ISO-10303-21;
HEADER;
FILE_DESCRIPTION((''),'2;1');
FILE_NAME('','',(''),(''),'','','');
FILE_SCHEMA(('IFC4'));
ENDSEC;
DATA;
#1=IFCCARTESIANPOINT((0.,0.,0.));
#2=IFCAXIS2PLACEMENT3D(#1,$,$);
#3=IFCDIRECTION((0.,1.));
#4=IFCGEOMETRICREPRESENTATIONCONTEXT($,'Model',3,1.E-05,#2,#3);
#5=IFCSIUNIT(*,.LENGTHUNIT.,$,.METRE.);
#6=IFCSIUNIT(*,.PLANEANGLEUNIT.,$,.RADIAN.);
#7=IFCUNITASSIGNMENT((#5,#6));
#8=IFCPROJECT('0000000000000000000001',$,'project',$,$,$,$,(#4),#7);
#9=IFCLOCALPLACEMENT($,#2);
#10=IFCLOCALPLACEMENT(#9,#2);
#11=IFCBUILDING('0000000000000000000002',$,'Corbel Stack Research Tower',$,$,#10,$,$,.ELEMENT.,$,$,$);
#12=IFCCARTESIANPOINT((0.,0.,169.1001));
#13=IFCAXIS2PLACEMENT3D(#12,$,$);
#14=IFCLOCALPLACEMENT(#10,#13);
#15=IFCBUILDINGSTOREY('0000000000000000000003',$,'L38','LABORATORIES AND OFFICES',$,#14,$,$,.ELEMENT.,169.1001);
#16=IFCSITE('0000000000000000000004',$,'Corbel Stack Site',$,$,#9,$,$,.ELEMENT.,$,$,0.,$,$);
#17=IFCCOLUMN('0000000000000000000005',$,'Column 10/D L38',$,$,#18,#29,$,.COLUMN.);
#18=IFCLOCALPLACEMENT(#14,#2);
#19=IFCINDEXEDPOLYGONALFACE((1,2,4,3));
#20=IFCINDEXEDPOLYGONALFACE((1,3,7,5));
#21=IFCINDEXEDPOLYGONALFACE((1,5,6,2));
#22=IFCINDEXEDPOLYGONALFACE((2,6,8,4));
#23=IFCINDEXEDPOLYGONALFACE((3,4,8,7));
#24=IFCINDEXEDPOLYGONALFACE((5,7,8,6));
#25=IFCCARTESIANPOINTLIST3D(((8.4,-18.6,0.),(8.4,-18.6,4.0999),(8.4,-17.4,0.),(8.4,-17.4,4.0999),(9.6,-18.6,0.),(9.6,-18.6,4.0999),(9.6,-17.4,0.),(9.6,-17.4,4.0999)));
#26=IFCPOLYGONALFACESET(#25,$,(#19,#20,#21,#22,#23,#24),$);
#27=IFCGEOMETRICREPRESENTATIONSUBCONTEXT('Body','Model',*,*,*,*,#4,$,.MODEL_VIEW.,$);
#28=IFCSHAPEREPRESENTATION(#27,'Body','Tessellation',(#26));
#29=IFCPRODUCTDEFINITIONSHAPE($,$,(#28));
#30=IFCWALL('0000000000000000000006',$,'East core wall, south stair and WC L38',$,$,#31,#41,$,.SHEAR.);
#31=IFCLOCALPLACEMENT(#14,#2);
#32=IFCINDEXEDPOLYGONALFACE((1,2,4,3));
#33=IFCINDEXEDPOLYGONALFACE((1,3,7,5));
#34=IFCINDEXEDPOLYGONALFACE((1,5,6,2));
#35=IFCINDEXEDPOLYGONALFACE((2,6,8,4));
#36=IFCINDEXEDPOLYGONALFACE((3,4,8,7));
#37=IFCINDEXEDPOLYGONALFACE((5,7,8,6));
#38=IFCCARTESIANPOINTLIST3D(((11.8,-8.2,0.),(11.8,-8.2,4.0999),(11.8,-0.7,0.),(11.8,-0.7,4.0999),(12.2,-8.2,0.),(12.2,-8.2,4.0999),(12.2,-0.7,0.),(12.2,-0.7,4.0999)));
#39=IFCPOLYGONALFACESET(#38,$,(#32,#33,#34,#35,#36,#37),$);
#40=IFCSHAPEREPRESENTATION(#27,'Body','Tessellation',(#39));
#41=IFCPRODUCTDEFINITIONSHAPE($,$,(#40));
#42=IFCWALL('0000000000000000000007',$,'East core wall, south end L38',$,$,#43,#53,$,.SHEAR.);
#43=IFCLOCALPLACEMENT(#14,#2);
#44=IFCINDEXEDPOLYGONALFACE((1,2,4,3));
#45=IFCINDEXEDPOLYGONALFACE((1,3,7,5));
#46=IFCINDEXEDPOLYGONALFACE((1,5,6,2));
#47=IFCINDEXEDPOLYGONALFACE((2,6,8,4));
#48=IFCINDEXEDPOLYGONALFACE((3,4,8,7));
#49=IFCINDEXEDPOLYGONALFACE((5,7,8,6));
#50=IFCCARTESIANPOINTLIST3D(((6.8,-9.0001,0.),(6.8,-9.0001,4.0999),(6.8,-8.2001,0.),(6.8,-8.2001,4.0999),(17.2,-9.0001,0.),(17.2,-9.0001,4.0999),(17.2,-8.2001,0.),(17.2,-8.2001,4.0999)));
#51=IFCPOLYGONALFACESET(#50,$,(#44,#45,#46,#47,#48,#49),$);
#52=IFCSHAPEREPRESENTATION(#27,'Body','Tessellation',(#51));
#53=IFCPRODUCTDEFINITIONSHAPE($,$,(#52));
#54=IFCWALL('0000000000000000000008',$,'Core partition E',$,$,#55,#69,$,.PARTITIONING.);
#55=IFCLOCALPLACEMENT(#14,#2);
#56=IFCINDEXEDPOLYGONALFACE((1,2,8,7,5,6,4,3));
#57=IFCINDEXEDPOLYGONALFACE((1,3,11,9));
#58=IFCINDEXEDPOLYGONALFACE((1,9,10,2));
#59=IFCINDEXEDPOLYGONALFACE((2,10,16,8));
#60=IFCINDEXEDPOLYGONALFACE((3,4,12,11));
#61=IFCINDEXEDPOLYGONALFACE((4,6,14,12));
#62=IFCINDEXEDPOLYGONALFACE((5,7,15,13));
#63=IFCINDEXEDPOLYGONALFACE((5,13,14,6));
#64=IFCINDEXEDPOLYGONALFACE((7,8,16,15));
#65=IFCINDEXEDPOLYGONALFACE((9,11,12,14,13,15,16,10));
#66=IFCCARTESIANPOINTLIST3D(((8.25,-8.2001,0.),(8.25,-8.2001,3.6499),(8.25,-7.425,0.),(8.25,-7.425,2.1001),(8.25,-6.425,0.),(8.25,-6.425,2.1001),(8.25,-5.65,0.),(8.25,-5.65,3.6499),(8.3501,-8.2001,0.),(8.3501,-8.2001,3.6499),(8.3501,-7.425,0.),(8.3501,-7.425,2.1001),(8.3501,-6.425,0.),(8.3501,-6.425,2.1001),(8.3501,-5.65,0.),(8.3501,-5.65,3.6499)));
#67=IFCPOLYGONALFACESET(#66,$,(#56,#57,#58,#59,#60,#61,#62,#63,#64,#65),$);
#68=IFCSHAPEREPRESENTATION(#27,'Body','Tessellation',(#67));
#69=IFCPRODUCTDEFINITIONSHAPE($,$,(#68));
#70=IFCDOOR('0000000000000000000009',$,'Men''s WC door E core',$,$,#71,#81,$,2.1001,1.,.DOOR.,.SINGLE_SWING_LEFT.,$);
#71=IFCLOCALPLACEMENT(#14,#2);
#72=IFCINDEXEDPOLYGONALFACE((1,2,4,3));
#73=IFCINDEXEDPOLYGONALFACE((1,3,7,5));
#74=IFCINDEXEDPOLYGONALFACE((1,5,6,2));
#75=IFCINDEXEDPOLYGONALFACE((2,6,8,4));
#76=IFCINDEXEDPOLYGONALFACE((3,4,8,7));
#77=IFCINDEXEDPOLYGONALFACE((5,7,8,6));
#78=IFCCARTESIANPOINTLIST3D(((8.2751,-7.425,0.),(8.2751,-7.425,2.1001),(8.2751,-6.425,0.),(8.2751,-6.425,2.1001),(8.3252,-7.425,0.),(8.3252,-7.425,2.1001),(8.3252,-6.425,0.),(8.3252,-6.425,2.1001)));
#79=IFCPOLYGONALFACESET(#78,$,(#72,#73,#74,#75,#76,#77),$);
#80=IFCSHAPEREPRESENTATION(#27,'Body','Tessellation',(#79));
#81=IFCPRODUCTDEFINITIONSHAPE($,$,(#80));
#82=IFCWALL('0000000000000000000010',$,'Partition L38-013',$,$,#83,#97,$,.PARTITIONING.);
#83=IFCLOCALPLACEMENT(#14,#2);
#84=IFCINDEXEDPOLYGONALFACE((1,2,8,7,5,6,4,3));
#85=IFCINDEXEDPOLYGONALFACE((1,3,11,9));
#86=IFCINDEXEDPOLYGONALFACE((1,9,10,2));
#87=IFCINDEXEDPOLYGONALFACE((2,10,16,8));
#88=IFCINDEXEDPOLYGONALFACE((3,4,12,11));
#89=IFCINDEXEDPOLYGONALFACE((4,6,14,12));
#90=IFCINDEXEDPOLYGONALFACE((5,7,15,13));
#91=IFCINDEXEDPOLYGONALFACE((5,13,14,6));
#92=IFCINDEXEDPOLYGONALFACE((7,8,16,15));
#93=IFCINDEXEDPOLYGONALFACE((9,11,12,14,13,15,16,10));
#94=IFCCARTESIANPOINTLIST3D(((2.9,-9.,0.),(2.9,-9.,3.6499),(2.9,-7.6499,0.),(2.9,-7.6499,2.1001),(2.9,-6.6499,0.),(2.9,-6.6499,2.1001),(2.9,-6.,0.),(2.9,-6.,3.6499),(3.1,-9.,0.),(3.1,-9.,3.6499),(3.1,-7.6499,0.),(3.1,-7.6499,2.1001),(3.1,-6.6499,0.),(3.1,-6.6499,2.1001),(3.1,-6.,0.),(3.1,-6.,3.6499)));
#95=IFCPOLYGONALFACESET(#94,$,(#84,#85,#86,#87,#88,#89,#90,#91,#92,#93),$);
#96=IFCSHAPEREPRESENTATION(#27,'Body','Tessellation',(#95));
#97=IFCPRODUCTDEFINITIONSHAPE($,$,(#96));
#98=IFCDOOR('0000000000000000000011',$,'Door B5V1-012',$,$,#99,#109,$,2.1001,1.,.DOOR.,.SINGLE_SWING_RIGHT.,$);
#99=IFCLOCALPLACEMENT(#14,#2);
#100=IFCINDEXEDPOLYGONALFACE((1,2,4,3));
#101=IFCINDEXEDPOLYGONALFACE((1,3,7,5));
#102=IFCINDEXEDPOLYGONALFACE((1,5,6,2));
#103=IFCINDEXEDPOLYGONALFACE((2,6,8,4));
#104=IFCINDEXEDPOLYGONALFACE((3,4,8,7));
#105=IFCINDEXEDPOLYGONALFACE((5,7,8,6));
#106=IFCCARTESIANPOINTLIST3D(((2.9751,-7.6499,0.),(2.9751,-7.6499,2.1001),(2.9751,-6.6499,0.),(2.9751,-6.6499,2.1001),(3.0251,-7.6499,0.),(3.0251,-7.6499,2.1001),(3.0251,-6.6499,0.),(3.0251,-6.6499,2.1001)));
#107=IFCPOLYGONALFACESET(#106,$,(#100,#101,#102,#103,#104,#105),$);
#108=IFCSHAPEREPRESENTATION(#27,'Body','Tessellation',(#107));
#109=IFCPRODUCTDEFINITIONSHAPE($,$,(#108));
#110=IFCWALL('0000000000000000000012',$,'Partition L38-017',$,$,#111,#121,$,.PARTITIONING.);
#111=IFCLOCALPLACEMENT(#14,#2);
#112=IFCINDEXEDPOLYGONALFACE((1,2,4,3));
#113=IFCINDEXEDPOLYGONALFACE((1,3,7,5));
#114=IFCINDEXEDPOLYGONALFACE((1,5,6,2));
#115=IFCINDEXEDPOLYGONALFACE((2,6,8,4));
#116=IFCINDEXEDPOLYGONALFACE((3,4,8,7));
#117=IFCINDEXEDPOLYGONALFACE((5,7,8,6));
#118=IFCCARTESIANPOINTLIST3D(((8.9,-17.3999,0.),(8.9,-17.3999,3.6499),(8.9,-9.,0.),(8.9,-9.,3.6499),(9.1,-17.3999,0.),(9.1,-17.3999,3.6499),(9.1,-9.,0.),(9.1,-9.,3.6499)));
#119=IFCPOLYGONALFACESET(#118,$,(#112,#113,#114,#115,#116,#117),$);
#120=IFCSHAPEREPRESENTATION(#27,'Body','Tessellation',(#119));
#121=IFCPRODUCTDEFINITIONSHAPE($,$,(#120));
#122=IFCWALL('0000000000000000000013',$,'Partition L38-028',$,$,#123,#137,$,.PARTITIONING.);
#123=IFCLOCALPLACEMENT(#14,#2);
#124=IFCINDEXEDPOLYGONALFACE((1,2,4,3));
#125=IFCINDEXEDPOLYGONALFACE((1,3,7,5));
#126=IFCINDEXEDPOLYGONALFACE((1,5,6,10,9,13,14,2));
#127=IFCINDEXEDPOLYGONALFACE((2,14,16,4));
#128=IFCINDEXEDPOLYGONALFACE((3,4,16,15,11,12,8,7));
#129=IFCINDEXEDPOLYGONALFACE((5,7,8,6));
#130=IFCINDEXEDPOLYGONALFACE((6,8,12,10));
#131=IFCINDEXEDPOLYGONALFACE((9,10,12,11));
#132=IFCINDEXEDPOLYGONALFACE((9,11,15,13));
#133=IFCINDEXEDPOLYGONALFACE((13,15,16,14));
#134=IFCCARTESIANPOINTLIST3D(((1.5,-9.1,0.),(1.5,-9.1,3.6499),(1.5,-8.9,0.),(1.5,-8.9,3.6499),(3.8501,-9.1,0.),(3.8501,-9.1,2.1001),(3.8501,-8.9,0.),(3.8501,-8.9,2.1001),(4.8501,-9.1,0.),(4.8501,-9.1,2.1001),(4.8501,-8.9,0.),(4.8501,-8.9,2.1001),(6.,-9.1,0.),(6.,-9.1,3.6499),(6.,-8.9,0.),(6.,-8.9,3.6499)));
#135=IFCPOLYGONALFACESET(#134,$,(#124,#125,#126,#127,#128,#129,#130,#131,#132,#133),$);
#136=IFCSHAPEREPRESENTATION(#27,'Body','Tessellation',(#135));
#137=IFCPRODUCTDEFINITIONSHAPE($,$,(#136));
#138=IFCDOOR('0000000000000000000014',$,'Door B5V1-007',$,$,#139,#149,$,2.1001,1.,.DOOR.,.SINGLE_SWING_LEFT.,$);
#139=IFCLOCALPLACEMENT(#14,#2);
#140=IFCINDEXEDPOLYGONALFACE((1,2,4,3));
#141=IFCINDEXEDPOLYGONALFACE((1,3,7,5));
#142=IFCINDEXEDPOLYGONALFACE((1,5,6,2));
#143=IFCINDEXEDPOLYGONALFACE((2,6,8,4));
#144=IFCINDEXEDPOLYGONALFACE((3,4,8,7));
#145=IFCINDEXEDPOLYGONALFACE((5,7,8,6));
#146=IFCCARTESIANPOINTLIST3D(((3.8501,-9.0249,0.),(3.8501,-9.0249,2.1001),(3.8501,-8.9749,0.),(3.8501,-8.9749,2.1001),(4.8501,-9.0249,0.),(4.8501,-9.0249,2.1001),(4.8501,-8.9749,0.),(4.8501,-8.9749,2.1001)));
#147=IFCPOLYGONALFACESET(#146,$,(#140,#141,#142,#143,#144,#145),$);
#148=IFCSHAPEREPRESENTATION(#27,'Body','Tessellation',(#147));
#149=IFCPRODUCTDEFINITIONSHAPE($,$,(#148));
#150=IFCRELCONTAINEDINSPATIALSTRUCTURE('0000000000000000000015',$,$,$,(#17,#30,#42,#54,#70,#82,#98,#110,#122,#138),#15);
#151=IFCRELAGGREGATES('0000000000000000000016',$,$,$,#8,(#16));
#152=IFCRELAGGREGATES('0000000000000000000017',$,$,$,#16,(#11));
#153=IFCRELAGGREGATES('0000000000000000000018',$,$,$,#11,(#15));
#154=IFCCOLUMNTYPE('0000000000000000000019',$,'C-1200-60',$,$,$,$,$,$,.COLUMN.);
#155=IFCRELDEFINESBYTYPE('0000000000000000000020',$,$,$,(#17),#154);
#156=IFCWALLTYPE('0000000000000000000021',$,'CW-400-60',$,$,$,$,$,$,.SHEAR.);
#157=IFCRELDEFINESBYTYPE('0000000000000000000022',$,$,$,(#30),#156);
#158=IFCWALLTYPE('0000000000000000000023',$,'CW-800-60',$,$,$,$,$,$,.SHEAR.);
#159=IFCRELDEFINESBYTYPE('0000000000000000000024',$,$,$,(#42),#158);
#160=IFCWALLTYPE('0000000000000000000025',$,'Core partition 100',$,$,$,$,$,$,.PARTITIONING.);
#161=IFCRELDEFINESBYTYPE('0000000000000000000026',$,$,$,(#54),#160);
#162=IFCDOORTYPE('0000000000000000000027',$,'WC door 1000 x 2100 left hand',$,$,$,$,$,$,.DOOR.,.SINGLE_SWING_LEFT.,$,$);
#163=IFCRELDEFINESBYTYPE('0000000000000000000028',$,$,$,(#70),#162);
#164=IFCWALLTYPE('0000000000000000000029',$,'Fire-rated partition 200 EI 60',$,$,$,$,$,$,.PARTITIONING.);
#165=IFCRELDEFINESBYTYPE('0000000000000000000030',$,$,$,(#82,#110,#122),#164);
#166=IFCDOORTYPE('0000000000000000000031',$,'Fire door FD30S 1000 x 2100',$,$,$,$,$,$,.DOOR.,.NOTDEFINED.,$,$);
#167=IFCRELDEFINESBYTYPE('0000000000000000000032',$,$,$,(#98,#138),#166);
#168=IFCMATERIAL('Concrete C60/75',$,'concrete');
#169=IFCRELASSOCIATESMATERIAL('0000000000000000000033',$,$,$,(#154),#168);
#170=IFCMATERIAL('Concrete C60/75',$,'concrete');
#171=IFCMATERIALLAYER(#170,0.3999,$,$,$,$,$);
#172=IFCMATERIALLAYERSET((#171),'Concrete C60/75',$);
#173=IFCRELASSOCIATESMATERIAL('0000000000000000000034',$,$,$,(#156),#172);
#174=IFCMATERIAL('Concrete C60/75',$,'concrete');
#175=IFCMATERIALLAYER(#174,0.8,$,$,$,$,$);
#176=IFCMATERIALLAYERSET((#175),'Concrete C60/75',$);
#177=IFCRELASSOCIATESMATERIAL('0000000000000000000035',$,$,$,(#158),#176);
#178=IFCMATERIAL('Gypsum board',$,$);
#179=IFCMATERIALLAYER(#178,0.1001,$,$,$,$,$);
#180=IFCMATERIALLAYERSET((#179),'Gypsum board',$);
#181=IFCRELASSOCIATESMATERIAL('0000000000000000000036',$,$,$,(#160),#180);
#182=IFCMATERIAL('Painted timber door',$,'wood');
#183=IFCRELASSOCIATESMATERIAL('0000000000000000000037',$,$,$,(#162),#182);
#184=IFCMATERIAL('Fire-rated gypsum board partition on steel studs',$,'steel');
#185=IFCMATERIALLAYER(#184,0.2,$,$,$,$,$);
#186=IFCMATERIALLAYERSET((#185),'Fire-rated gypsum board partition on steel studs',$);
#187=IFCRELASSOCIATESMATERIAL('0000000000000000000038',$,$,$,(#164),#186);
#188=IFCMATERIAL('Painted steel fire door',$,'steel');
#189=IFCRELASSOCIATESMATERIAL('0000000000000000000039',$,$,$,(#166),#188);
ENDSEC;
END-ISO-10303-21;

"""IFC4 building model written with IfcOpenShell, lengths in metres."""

from ifc_helpers import new_model, si_unit, direction, frame, frame_2d, origin, origin_2d, place, context, subcontext, project, spatial, rectangle, extrude, material, layer, layer_set, material_profile, profile_set, type_object, element, fill, save


model = new_model("IFC4")

# Units and contexts
model_context = context("Model", 3, precision=1e-05, world=origin(), true_north=direction((0.0, 1.0)))
body_context = subcontext(model_context, "Body", "Model", "MODEL_VIEW")
ifc_project = project(units=[si_unit("LENGTHUNIT", "METRE"), si_unit("PLANEANGLEUNIT", "RADIAN")], contexts=[model_context])

# Site, building, storey
site_placement = place(None, origin())
site = spatial("IfcSite", under=ifc_project, at=site_placement, Name="Corbel Stack Site", CompositionType="ELEMENT", RefElevation=0.0)
building_placement = place(site_placement, origin())
building = spatial("IfcBuilding", under=site, at=building_placement, Name="Corbel Stack Research Tower", CompositionType="ELEMENT")
storey_placement = place(building_placement, frame((0.0, 0.0, 169.1001)))
storey = spatial("IfcBuildingStorey", under=building, at=storey_placement, Name="L38", Description="LABORATORIES AND OFFICES", CompositionType="ELEMENT", Elevation=169.1001)

# Column
ifc_material_1 = material(Name="Concrete C60/75", Category="concrete")
ifc_material_profile = material_profile(ifc_material_1, rectangle(XDim=1.2, YDim=1.2, at=origin_2d()), Name="RC 1200 x 1200")
ifc_profile_set = profile_set([ifc_material_profile], Name="Concrete C60/75")
column_type = type_object("IfcColumnType", Name="C-1200-60", PredefinedType="COLUMN", material=ifc_profile_set)
column_placement = place(storey_placement, frame((9.0, -18.0, 0.0), z_axis=(0.0, 0.0, 1.0), x_axis=(1.0, 0.0, 0.0)))
element("IfcColumn", 1, at=column_placement, inside=storey, type_object=column_type, Name="Column 10/D L38", PredefinedType="COLUMN", context=body_context, shape_type="SweptSolid", body=[
    extrude(rectangle(XDim=1.2, YDim=1.2, at=origin_2d()), origin(), (0.0, 0.0, 1.0), 4.0999),
])

# Wall
ifc_material_2 = material(Name="Concrete C60/75", Category="concrete")
ifc_layer_1 = layer(ifc_material_2, 0.3999)
ifc_layer_set_1 = layer_set([ifc_layer_1], Name="Concrete C60/75")
wall_type_1 = type_object("IfcWallType", Name="CW-400-60", PredefinedType="SHEAR", material=ifc_layer_set_1)
wall_1_placement = place(storey_placement, frame((12.0, -8.2, 0.0), z_axis=(0.0, 0.0, 1.0), x_axis=(0.0, 1.0, 0.0)))
element("IfcWall", 2, at=wall_1_placement, inside=storey, type_object=wall_type_1, Name="East core wall, south stair and WC L38", PredefinedType="SHEAR", context=body_context, shape_type="SweptSolid", body=[
    extrude(rectangle(XDim=7.5, YDim=0.3999, at=frame_2d((3.75, 0.0))), origin(), (0.0, 0.0, 1.0), 4.0999),
])

# Shared definitions
ifc_material_3 = material(Name="Concrete C60/75", Category="concrete")
ifc_layer_2 = layer(ifc_material_3, 0.8)
ifc_layer_set_2 = layer_set([ifc_layer_2], Name="Concrete C60/75")
wall_type_2 = type_object("IfcWallType", Name="CW-800-60", PredefinedType="SHEAR", material=ifc_layer_set_2)

# Wall
wall_2_placement = place(storey_placement, frame((6.8, -8.6001, 0.0), z_axis=(0.0, 0.0, 1.0), x_axis=(1.0, 0.0, 0.0)))
element("IfcWall", 3, at=wall_2_placement, inside=storey, type_object=wall_type_2, Name="East core wall, south end L38", PredefinedType="SHEAR", context=body_context, shape_type="SweptSolid", body=[
    extrude(rectangle(XDim=10.3999, YDim=0.8, at=frame_2d((5.2, 0.0))), origin(), (0.0, 0.0, 1.0), 4.0999),
])

# Walls, openings, doors
ifc_material_4 = material(Name="Gypsum board")
ifc_layer_3 = layer(ifc_material_4, 0.1001)
ifc_layer_set_3 = layer_set([ifc_layer_3], Name="Gypsum board")
wall_type_3 = type_object("IfcWallType", Name="Core partition 100", PredefinedType="PARTITIONING", material=ifc_layer_set_3)
wall_3_placement = place(storey_placement, frame((8.3, -8.2, 0.0), z_axis=(0.0, 0.0, 1.0), x_axis=(0.0, 1.0, 0.0)))
wall_3 = element("IfcWall", 4, at=wall_3_placement, inside=storey, type_object=wall_type_3, Name="Core partition E", PredefinedType="PARTITIONING", context=body_context, shape_type="SweptSolid", body=[
    extrude(rectangle(XDim=2.55, YDim=0.1001, at=frame_2d((1.2749, 0.0))), origin(), (0.0, 0.0, 1.0), 3.6499),
])
opening_1_placement = place(wall_3_placement, frame((0.7749, 0.0, 0.0)))
opening_1 = element("IfcOpeningElement", 5, at=opening_1_placement, cuts=wall_3, PredefinedType="OPENING", context=body_context, shape_type="SweptSolid", body=[
    extrude(rectangle(XDim=1.0, YDim=2.1001, at=frame_2d((0.5, 1.05))), frame((0.0, 0.0601, 0.0), z_axis=(0.0, -1.0, 0.0), x_axis=(1.0, 0.0, 0.0)), (0.0, 0.0, 1.0), 0.1201),
])
ifc_material_5 = material(Name="Painted timber door", Category="wood")
door_type_1 = type_object("IfcDoorType", Name="WC door 1000 x 2100 left hand", OperationType="SINGLE_SWING_LEFT", PredefinedType="DOOR", material=ifc_material_5)
door_1_placement = place(opening_1_placement, origin())
door_1 = element("IfcDoor", 6, at=door_1_placement, inside=storey, type_object=door_type_1, Name="Men's WC door E core", OperationType="SINGLE_SWING_LEFT", OverallHeight=2.1001, OverallWidth=1.0, PredefinedType="DOOR", context=body_context, shape_type="SweptSolid", body=[
    extrude(rectangle(XDim=1.0, YDim=2.1001, at=frame_2d((0.5, 1.05))), frame((0.0, 0.0249, 0.0), z_axis=(0.0, -1.0, 0.0), x_axis=(1.0, 0.0, 0.0)), (0.0, 0.0, 1.0), 0.05),
])
fill(opening_1, door_1)
ifc_material_6 = material(Name="Fire-rated gypsum board partition on steel studs", Category="steel")
ifc_layer_4 = layer(ifc_material_6, 0.2)
ifc_layer_set_4 = layer_set([ifc_layer_4], Name="Fire-rated gypsum board partition on steel studs")
wall_type_4 = type_object("IfcWallType", Name="Fire-rated partition 200 EI 60", PredefinedType="PARTITIONING", material=ifc_layer_set_4)
wall_4_placement = place(storey_placement, frame((3.0, -9.0, 0.0), z_axis=(0.0, 0.0, 1.0), x_axis=(0.0, 1.0, 0.0)))
wall_4 = element("IfcWall", 7, at=wall_4_placement, inside=storey, type_object=wall_type_4, Name="Partition L38-013", PredefinedType="PARTITIONING", context=body_context, shape_type="SweptSolid", body=[
    extrude(rectangle(XDim=3.0, YDim=0.2, at=frame_2d((1.5, 0.0))), origin(), (0.0, 0.0, 1.0), 3.6499),
])
opening_2_placement = place(wall_4_placement, frame((1.3501, 0.0, 0.0)))
opening_2 = element("IfcOpeningElement", 8, at=opening_2_placement, cuts=wall_4, PredefinedType="OPENING", context=body_context, shape_type="SweptSolid", body=[
    extrude(rectangle(XDim=1.0, YDim=2.1001, at=frame_2d((0.5, 1.05))), frame((0.0, 0.1099, 0.0), z_axis=(0.0, -1.0, 0.0), x_axis=(1.0, 0.0, 0.0)), (0.0, 0.0, 1.0), 0.22),
])
ifc_material_7 = material(Name="Painted steel fire door", Category="steel")
door_type_2 = type_object("IfcDoorType", Name="Fire door FD30S 1000 x 2100", OperationType="NOTDEFINED", PredefinedType="DOOR", material=ifc_material_7)
door_2_placement = place(opening_2_placement, origin())
door_2 = element("IfcDoor", 9, at=door_2_placement, inside=storey, type_object=door_type_2, Name="Door B5V1-012", OperationType="SINGLE_SWING_RIGHT", OverallHeight=2.1001, OverallWidth=1.0, PredefinedType="DOOR", context=body_context, shape_type="SweptSolid", body=[
    extrude(rectangle(XDim=1.0, YDim=2.1001, at=frame_2d((0.5, 1.05))), frame((0.0, 0.0249, 0.0), z_axis=(0.0, -1.0, 0.0), x_axis=(1.0, 0.0, 0.0)), (0.0, 0.0, 1.0), 0.05),
])
fill(opening_2, door_2)

# Wall
wall_5_placement = place(storey_placement, frame((9.0, -17.3999, 0.0), z_axis=(0.0, 0.0, 1.0), x_axis=(0.0, 1.0, 0.0)))
element("IfcWall", 10, at=wall_5_placement, inside=storey, type_object=wall_type_4, Name="Partition L38-017", PredefinedType="PARTITIONING", context=body_context, shape_type="SweptSolid", body=[
    extrude(rectangle(XDim=8.3999, YDim=0.2, at=frame_2d((4.2, 0.0))), origin(), (0.0, 0.0, 1.0), 3.6499),
])

# Wall, opening, door
wall_6_placement = place(storey_placement, frame((6.0, -9.0, 0.0), z_axis=(0.0, 0.0, 1.0), x_axis=(-1.0, 0.0, 0.0)))
wall_6 = element("IfcWall", 11, at=wall_6_placement, inside=storey, type_object=wall_type_4, Name="Partition L38-028", PredefinedType="PARTITIONING", context=body_context, shape_type="SweptSolid", body=[
    extrude(rectangle(XDim=4.5, YDim=0.2, at=frame_2d((2.25, 0.0))), origin(), (0.0, 0.0, 1.0), 3.6499),
])
opening_3_placement = place(wall_6_placement, frame((1.1499, 0.0, 0.0)))
opening_3 = element("IfcOpeningElement", 12, at=opening_3_placement, cuts=wall_6, PredefinedType="OPENING", context=body_context, shape_type="SweptSolid", body=[
    extrude(rectangle(XDim=1.0, YDim=2.1001, at=frame_2d((0.5, 1.05))), frame((0.0, 0.1099, 0.0), z_axis=(0.0, -1.0, 0.0), x_axis=(1.0, 0.0, 0.0)), (0.0, 0.0, 1.0), 0.22),
])
door_3_placement = place(opening_3_placement, origin())
door_3 = element("IfcDoor", 13, at=door_3_placement, inside=storey, type_object=door_type_2, Name="Door B5V1-007", OperationType="SINGLE_SWING_LEFT", OverallHeight=2.1001, OverallWidth=1.0, PredefinedType="DOOR", context=body_context, shape_type="SweptSolid", body=[
    extrude(rectangle(XDim=1.0, YDim=2.1001, at=frame_2d((0.5, 1.05))), frame((0.0, 0.0249, 0.0), z_axis=(0.0, -1.0, 0.0), x_axis=(1.0, 0.0, 0.0)), (0.0, 0.0, 1.0), 0.05),
])
fill(opening_3, door_3)

save(model, "model.ifc")
